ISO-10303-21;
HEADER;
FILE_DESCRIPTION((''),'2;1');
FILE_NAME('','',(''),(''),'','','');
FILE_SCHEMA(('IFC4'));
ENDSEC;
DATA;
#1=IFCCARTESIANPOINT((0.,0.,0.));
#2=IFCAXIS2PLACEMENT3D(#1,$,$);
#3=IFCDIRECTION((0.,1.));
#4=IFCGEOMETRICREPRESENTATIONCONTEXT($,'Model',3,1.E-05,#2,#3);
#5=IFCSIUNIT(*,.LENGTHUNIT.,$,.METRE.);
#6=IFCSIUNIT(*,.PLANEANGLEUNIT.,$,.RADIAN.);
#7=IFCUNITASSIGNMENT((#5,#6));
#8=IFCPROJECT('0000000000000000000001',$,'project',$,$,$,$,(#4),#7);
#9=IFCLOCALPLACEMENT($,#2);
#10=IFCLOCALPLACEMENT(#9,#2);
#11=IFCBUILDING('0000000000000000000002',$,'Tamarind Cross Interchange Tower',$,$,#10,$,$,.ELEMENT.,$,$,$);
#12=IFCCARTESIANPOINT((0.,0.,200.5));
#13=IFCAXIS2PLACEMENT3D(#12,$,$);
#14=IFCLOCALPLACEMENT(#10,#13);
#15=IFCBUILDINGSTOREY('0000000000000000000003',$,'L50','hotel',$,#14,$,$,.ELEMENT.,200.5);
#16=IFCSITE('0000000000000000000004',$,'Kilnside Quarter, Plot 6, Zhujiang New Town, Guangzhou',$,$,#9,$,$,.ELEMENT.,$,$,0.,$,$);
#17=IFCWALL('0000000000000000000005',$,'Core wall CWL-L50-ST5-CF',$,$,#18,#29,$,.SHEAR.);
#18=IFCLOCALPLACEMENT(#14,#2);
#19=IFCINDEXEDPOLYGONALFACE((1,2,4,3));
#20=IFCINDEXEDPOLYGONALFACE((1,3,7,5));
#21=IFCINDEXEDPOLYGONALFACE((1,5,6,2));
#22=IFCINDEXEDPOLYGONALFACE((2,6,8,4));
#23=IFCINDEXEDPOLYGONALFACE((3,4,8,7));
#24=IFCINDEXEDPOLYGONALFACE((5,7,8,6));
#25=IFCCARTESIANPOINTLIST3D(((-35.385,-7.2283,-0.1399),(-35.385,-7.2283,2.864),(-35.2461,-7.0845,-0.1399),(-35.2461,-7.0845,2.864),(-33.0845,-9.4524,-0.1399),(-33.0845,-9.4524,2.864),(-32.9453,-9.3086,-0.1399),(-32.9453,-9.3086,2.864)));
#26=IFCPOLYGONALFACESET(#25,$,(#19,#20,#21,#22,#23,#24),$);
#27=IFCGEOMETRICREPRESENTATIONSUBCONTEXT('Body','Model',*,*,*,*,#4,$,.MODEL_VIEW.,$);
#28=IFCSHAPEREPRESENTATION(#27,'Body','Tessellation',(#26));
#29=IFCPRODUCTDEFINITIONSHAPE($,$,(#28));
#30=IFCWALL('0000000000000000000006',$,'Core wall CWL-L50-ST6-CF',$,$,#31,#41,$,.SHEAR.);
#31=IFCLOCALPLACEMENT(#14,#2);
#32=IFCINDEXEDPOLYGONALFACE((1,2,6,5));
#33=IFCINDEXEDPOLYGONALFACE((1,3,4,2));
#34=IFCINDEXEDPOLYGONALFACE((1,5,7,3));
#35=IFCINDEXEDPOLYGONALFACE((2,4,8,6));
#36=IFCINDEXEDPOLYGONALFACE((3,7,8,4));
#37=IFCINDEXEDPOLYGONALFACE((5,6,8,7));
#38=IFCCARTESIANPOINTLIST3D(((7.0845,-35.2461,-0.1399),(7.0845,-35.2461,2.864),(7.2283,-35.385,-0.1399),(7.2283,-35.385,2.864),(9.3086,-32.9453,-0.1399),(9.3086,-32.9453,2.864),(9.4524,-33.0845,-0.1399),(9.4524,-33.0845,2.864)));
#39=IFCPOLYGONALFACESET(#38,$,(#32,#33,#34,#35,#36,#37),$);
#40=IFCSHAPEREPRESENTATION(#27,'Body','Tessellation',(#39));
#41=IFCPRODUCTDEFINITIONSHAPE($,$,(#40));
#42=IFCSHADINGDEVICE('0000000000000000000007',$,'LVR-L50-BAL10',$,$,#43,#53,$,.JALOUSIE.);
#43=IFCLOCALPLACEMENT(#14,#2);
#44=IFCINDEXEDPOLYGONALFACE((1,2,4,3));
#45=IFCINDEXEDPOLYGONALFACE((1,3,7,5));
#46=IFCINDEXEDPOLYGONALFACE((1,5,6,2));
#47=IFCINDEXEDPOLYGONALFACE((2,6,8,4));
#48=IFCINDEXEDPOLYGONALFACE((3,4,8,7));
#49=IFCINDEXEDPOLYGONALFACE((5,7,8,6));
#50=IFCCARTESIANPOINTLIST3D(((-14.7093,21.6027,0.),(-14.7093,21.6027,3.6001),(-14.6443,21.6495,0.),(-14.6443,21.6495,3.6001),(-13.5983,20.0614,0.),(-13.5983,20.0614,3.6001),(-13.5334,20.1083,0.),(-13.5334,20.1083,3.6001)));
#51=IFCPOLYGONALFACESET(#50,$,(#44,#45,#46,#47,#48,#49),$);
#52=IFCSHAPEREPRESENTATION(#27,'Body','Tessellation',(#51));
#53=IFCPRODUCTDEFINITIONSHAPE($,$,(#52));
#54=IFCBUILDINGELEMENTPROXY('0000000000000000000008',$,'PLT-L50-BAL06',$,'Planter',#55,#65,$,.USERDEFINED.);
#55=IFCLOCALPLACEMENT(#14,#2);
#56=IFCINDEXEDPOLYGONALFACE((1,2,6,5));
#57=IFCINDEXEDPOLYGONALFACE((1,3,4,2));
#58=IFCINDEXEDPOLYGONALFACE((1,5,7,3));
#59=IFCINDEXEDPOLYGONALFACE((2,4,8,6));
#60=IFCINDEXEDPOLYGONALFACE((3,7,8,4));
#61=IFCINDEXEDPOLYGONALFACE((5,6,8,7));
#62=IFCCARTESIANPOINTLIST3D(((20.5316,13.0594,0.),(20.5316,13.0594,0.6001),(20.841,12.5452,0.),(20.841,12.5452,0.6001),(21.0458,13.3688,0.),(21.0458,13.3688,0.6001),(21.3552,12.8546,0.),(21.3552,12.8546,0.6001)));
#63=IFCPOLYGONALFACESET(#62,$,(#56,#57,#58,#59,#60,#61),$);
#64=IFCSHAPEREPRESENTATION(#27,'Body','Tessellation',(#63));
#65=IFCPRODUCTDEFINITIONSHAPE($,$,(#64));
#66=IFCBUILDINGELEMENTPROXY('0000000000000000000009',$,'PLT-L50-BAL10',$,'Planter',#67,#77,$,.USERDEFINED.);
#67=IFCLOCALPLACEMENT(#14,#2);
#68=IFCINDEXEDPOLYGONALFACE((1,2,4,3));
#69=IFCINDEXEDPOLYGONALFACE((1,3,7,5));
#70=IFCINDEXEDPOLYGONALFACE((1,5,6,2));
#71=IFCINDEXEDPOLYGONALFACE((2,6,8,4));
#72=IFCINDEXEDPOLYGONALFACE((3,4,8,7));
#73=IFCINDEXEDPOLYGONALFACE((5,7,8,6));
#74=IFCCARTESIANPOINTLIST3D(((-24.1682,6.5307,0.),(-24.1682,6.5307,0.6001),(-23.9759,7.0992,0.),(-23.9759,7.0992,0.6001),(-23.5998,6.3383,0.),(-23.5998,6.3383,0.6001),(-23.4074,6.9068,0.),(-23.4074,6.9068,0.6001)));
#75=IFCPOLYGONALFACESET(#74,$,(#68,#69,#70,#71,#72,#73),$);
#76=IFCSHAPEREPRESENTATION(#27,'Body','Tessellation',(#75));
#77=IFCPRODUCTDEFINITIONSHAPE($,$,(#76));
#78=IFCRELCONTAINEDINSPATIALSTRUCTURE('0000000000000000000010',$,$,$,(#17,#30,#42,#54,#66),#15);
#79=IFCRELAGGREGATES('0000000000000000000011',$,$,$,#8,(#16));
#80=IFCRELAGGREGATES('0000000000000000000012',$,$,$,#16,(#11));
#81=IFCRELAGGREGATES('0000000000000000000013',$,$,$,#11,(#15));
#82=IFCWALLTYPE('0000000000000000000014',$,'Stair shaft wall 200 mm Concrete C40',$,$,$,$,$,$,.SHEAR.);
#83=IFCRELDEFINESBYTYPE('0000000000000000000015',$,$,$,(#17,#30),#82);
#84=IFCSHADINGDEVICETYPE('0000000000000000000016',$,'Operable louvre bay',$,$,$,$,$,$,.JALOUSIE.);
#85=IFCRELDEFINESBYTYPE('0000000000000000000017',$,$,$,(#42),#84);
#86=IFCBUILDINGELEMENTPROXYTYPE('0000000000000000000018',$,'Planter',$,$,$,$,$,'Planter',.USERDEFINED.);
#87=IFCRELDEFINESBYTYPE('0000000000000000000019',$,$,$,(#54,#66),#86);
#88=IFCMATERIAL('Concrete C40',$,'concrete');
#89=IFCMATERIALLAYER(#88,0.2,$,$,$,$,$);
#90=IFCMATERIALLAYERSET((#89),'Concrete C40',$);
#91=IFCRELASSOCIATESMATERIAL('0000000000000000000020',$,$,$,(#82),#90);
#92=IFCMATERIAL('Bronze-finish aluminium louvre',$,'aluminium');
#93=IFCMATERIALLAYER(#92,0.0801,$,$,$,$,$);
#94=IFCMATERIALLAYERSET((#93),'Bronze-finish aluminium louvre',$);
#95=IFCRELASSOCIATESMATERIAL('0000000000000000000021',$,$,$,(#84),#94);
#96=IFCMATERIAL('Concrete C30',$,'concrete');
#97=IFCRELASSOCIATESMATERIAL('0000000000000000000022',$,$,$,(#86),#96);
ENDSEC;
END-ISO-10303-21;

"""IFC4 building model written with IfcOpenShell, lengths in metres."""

from ifc_helpers import new_model, si_unit, direction, frame, origin, origin_2d, place, context, subcontext, project, spatial, polyline, rectangle, outline, extrude, material, layer, layer_set, type_object, element, save


model = new_model("IFC4")

# Units and contexts
model_context = context("Model", 3, precision=1e-05, world=origin(), true_north=direction((0.0, 1.0)))
body_context = subcontext(model_context, "Body", "Model", "MODEL_VIEW")
ifc_project = project(units=[si_unit("LENGTHUNIT", "METRE"), si_unit("PLANEANGLEUNIT", "RADIAN")], contexts=[model_context])

# Site, building, storey
site_placement = place(None, origin())
site = spatial("IfcSite", under=ifc_project, at=site_placement, Name="Kilnside Quarter, Plot 6, Zhujiang New Town, Guangzhou", CompositionType="ELEMENT", RefElevation=0.0)
building_placement = place(site_placement, origin())
building = spatial("IfcBuilding", under=site, at=building_placement, Name="Tamarind Cross Interchange Tower", CompositionType="ELEMENT")
storey_placement = place(building_placement, frame((0.0, 0.0, 200.5)))
storey = spatial("IfcBuildingStorey", under=building, at=storey_placement, Name="L50", Description="hotel", CompositionType="ELEMENT", Elevation=200.5)

# Shared definitions
ifc_material_1 = material(Name="Concrete C40", Category="concrete")

# Walls
ifc_layer_1 = layer(ifc_material_1, 0.2)
ifc_layer_set_1 = layer_set([ifc_layer_1], Name="Concrete C40")
wall_type_1 = type_object("IfcWallType", Name="Stair shaft wall 200 mm Concrete C40", PredefinedType="SHEAR", material=ifc_layer_set_1)
wall_1_placement = place(storey_placement, frame((0.0, 0.0, -0.1399)))
element("IfcWall", 1, at=wall_1_placement, inside=storey, type_object=wall_type_1, Name="Core wall CWL-L50-ST5-CF", PredefinedType="SHEAR", context=body_context, shape_type="SweptSolid", body=[
    extrude(outline(polyline([(-35.2461, -7.0845), (-35.385, -7.2283), (-33.0845, -9.4524), (-32.9453, -9.3086), (-35.2461, -7.0845)])), origin(), (0.0, 0.0, 1.0), 3.0039),
])
wall_2_placement = place(storey_placement, frame((0.0, 0.0, -0.1399)))
element("IfcWall", 2, at=wall_2_placement, inside=storey, type_object=wall_type_1, Name="Core wall CWL-L50-ST6-CF", PredefinedType="SHEAR", context=body_context, shape_type="SweptSolid", body=[
    extrude(outline(polyline([(7.0845, -35.2461), (7.2283, -35.385), (9.4524, -33.0845), (9.3086, -32.9453), (7.0845, -35.2461)])), origin(), (0.0, 0.0, 1.0), 3.0039),
])

# Shading device
ifc_material_2 = material(Name="Bronze-finish aluminium louvre", Category="aluminium")
ifc_layer_2 = layer(ifc_material_2, 0.0801)
ifc_layer_set_2 = layer_set([ifc_layer_2], Name="Bronze-finish aluminium louvre")
shading_device_type = type_object("IfcShadingDeviceType", Name="Operable louvre bay", PredefinedType="JALOUSIE", material=ifc_layer_set_2)
shading_device_placement = place(storey_placement, origin())
element("IfcShadingDevice", 3, at=shading_device_placement, inside=storey, type_object=shading_device_type, Name="LVR-L50-BAL10", PredefinedType="JALOUSIE", context=body_context, shape_type="SweptSolid", body=[
    extrude(rectangle(XDim=1.8999, YDim=0.0801, at=origin_2d()), frame((-14.1213, 20.8555, 0.0), z_axis=(0.0, 0.0, 1.0), x_axis=(-0.584745, 0.811217, 0.0)), (0.0, 0.0, 1.0), 3.6001),
])

# Building element proxies
ifc_material_3 = material(Name="Concrete C30", Category="concrete")
building_element_proxy_type = type_object("IfcBuildingElementProxyType", Name="Planter", ElementType="Planter", PredefinedType="USERDEFINED", material=ifc_material_3)
proxy_1_placement = place(storey_placement, origin())
element("IfcBuildingElementProxy", 4, at=proxy_1_placement, inside=storey, type_object=building_element_proxy_type, Name="PLT-L50-BAL06", ObjectType="Planter", PredefinedType="USERDEFINED", context=body_context, shape_type="SweptSolid", body=[
    extrude(rectangle(XDim=0.6001, YDim=0.6001, at=origin_2d()), frame((20.9434, 12.957, 0.0), z_axis=(0.0, 0.0, 1.0), x_axis=(-0.515577, 0.856843, 0.0)), (0.0, 0.0, 1.0), 0.6001),
])
proxy_2_placement = place(storey_placement, origin())
element("IfcBuildingElementProxy", 5, at=proxy_2_placement, inside=storey, type_object=building_element_proxy_type, Name="PLT-L50-BAL10", ObjectType="Planter", PredefinedType="USERDEFINED", context=body_context, shape_type="SweptSolid", body=[
    extrude(rectangle(XDim=0.6001, YDim=0.6001, at=origin_2d()), frame((-23.7878, 6.7188, 0.0), z_axis=(0.0, 0.0, 1.0), x_axis=(-0.320589, -0.947219, 0.0)), (0.0, 0.0, 1.0), 0.6001),
])

save(model, "model.ifc")
